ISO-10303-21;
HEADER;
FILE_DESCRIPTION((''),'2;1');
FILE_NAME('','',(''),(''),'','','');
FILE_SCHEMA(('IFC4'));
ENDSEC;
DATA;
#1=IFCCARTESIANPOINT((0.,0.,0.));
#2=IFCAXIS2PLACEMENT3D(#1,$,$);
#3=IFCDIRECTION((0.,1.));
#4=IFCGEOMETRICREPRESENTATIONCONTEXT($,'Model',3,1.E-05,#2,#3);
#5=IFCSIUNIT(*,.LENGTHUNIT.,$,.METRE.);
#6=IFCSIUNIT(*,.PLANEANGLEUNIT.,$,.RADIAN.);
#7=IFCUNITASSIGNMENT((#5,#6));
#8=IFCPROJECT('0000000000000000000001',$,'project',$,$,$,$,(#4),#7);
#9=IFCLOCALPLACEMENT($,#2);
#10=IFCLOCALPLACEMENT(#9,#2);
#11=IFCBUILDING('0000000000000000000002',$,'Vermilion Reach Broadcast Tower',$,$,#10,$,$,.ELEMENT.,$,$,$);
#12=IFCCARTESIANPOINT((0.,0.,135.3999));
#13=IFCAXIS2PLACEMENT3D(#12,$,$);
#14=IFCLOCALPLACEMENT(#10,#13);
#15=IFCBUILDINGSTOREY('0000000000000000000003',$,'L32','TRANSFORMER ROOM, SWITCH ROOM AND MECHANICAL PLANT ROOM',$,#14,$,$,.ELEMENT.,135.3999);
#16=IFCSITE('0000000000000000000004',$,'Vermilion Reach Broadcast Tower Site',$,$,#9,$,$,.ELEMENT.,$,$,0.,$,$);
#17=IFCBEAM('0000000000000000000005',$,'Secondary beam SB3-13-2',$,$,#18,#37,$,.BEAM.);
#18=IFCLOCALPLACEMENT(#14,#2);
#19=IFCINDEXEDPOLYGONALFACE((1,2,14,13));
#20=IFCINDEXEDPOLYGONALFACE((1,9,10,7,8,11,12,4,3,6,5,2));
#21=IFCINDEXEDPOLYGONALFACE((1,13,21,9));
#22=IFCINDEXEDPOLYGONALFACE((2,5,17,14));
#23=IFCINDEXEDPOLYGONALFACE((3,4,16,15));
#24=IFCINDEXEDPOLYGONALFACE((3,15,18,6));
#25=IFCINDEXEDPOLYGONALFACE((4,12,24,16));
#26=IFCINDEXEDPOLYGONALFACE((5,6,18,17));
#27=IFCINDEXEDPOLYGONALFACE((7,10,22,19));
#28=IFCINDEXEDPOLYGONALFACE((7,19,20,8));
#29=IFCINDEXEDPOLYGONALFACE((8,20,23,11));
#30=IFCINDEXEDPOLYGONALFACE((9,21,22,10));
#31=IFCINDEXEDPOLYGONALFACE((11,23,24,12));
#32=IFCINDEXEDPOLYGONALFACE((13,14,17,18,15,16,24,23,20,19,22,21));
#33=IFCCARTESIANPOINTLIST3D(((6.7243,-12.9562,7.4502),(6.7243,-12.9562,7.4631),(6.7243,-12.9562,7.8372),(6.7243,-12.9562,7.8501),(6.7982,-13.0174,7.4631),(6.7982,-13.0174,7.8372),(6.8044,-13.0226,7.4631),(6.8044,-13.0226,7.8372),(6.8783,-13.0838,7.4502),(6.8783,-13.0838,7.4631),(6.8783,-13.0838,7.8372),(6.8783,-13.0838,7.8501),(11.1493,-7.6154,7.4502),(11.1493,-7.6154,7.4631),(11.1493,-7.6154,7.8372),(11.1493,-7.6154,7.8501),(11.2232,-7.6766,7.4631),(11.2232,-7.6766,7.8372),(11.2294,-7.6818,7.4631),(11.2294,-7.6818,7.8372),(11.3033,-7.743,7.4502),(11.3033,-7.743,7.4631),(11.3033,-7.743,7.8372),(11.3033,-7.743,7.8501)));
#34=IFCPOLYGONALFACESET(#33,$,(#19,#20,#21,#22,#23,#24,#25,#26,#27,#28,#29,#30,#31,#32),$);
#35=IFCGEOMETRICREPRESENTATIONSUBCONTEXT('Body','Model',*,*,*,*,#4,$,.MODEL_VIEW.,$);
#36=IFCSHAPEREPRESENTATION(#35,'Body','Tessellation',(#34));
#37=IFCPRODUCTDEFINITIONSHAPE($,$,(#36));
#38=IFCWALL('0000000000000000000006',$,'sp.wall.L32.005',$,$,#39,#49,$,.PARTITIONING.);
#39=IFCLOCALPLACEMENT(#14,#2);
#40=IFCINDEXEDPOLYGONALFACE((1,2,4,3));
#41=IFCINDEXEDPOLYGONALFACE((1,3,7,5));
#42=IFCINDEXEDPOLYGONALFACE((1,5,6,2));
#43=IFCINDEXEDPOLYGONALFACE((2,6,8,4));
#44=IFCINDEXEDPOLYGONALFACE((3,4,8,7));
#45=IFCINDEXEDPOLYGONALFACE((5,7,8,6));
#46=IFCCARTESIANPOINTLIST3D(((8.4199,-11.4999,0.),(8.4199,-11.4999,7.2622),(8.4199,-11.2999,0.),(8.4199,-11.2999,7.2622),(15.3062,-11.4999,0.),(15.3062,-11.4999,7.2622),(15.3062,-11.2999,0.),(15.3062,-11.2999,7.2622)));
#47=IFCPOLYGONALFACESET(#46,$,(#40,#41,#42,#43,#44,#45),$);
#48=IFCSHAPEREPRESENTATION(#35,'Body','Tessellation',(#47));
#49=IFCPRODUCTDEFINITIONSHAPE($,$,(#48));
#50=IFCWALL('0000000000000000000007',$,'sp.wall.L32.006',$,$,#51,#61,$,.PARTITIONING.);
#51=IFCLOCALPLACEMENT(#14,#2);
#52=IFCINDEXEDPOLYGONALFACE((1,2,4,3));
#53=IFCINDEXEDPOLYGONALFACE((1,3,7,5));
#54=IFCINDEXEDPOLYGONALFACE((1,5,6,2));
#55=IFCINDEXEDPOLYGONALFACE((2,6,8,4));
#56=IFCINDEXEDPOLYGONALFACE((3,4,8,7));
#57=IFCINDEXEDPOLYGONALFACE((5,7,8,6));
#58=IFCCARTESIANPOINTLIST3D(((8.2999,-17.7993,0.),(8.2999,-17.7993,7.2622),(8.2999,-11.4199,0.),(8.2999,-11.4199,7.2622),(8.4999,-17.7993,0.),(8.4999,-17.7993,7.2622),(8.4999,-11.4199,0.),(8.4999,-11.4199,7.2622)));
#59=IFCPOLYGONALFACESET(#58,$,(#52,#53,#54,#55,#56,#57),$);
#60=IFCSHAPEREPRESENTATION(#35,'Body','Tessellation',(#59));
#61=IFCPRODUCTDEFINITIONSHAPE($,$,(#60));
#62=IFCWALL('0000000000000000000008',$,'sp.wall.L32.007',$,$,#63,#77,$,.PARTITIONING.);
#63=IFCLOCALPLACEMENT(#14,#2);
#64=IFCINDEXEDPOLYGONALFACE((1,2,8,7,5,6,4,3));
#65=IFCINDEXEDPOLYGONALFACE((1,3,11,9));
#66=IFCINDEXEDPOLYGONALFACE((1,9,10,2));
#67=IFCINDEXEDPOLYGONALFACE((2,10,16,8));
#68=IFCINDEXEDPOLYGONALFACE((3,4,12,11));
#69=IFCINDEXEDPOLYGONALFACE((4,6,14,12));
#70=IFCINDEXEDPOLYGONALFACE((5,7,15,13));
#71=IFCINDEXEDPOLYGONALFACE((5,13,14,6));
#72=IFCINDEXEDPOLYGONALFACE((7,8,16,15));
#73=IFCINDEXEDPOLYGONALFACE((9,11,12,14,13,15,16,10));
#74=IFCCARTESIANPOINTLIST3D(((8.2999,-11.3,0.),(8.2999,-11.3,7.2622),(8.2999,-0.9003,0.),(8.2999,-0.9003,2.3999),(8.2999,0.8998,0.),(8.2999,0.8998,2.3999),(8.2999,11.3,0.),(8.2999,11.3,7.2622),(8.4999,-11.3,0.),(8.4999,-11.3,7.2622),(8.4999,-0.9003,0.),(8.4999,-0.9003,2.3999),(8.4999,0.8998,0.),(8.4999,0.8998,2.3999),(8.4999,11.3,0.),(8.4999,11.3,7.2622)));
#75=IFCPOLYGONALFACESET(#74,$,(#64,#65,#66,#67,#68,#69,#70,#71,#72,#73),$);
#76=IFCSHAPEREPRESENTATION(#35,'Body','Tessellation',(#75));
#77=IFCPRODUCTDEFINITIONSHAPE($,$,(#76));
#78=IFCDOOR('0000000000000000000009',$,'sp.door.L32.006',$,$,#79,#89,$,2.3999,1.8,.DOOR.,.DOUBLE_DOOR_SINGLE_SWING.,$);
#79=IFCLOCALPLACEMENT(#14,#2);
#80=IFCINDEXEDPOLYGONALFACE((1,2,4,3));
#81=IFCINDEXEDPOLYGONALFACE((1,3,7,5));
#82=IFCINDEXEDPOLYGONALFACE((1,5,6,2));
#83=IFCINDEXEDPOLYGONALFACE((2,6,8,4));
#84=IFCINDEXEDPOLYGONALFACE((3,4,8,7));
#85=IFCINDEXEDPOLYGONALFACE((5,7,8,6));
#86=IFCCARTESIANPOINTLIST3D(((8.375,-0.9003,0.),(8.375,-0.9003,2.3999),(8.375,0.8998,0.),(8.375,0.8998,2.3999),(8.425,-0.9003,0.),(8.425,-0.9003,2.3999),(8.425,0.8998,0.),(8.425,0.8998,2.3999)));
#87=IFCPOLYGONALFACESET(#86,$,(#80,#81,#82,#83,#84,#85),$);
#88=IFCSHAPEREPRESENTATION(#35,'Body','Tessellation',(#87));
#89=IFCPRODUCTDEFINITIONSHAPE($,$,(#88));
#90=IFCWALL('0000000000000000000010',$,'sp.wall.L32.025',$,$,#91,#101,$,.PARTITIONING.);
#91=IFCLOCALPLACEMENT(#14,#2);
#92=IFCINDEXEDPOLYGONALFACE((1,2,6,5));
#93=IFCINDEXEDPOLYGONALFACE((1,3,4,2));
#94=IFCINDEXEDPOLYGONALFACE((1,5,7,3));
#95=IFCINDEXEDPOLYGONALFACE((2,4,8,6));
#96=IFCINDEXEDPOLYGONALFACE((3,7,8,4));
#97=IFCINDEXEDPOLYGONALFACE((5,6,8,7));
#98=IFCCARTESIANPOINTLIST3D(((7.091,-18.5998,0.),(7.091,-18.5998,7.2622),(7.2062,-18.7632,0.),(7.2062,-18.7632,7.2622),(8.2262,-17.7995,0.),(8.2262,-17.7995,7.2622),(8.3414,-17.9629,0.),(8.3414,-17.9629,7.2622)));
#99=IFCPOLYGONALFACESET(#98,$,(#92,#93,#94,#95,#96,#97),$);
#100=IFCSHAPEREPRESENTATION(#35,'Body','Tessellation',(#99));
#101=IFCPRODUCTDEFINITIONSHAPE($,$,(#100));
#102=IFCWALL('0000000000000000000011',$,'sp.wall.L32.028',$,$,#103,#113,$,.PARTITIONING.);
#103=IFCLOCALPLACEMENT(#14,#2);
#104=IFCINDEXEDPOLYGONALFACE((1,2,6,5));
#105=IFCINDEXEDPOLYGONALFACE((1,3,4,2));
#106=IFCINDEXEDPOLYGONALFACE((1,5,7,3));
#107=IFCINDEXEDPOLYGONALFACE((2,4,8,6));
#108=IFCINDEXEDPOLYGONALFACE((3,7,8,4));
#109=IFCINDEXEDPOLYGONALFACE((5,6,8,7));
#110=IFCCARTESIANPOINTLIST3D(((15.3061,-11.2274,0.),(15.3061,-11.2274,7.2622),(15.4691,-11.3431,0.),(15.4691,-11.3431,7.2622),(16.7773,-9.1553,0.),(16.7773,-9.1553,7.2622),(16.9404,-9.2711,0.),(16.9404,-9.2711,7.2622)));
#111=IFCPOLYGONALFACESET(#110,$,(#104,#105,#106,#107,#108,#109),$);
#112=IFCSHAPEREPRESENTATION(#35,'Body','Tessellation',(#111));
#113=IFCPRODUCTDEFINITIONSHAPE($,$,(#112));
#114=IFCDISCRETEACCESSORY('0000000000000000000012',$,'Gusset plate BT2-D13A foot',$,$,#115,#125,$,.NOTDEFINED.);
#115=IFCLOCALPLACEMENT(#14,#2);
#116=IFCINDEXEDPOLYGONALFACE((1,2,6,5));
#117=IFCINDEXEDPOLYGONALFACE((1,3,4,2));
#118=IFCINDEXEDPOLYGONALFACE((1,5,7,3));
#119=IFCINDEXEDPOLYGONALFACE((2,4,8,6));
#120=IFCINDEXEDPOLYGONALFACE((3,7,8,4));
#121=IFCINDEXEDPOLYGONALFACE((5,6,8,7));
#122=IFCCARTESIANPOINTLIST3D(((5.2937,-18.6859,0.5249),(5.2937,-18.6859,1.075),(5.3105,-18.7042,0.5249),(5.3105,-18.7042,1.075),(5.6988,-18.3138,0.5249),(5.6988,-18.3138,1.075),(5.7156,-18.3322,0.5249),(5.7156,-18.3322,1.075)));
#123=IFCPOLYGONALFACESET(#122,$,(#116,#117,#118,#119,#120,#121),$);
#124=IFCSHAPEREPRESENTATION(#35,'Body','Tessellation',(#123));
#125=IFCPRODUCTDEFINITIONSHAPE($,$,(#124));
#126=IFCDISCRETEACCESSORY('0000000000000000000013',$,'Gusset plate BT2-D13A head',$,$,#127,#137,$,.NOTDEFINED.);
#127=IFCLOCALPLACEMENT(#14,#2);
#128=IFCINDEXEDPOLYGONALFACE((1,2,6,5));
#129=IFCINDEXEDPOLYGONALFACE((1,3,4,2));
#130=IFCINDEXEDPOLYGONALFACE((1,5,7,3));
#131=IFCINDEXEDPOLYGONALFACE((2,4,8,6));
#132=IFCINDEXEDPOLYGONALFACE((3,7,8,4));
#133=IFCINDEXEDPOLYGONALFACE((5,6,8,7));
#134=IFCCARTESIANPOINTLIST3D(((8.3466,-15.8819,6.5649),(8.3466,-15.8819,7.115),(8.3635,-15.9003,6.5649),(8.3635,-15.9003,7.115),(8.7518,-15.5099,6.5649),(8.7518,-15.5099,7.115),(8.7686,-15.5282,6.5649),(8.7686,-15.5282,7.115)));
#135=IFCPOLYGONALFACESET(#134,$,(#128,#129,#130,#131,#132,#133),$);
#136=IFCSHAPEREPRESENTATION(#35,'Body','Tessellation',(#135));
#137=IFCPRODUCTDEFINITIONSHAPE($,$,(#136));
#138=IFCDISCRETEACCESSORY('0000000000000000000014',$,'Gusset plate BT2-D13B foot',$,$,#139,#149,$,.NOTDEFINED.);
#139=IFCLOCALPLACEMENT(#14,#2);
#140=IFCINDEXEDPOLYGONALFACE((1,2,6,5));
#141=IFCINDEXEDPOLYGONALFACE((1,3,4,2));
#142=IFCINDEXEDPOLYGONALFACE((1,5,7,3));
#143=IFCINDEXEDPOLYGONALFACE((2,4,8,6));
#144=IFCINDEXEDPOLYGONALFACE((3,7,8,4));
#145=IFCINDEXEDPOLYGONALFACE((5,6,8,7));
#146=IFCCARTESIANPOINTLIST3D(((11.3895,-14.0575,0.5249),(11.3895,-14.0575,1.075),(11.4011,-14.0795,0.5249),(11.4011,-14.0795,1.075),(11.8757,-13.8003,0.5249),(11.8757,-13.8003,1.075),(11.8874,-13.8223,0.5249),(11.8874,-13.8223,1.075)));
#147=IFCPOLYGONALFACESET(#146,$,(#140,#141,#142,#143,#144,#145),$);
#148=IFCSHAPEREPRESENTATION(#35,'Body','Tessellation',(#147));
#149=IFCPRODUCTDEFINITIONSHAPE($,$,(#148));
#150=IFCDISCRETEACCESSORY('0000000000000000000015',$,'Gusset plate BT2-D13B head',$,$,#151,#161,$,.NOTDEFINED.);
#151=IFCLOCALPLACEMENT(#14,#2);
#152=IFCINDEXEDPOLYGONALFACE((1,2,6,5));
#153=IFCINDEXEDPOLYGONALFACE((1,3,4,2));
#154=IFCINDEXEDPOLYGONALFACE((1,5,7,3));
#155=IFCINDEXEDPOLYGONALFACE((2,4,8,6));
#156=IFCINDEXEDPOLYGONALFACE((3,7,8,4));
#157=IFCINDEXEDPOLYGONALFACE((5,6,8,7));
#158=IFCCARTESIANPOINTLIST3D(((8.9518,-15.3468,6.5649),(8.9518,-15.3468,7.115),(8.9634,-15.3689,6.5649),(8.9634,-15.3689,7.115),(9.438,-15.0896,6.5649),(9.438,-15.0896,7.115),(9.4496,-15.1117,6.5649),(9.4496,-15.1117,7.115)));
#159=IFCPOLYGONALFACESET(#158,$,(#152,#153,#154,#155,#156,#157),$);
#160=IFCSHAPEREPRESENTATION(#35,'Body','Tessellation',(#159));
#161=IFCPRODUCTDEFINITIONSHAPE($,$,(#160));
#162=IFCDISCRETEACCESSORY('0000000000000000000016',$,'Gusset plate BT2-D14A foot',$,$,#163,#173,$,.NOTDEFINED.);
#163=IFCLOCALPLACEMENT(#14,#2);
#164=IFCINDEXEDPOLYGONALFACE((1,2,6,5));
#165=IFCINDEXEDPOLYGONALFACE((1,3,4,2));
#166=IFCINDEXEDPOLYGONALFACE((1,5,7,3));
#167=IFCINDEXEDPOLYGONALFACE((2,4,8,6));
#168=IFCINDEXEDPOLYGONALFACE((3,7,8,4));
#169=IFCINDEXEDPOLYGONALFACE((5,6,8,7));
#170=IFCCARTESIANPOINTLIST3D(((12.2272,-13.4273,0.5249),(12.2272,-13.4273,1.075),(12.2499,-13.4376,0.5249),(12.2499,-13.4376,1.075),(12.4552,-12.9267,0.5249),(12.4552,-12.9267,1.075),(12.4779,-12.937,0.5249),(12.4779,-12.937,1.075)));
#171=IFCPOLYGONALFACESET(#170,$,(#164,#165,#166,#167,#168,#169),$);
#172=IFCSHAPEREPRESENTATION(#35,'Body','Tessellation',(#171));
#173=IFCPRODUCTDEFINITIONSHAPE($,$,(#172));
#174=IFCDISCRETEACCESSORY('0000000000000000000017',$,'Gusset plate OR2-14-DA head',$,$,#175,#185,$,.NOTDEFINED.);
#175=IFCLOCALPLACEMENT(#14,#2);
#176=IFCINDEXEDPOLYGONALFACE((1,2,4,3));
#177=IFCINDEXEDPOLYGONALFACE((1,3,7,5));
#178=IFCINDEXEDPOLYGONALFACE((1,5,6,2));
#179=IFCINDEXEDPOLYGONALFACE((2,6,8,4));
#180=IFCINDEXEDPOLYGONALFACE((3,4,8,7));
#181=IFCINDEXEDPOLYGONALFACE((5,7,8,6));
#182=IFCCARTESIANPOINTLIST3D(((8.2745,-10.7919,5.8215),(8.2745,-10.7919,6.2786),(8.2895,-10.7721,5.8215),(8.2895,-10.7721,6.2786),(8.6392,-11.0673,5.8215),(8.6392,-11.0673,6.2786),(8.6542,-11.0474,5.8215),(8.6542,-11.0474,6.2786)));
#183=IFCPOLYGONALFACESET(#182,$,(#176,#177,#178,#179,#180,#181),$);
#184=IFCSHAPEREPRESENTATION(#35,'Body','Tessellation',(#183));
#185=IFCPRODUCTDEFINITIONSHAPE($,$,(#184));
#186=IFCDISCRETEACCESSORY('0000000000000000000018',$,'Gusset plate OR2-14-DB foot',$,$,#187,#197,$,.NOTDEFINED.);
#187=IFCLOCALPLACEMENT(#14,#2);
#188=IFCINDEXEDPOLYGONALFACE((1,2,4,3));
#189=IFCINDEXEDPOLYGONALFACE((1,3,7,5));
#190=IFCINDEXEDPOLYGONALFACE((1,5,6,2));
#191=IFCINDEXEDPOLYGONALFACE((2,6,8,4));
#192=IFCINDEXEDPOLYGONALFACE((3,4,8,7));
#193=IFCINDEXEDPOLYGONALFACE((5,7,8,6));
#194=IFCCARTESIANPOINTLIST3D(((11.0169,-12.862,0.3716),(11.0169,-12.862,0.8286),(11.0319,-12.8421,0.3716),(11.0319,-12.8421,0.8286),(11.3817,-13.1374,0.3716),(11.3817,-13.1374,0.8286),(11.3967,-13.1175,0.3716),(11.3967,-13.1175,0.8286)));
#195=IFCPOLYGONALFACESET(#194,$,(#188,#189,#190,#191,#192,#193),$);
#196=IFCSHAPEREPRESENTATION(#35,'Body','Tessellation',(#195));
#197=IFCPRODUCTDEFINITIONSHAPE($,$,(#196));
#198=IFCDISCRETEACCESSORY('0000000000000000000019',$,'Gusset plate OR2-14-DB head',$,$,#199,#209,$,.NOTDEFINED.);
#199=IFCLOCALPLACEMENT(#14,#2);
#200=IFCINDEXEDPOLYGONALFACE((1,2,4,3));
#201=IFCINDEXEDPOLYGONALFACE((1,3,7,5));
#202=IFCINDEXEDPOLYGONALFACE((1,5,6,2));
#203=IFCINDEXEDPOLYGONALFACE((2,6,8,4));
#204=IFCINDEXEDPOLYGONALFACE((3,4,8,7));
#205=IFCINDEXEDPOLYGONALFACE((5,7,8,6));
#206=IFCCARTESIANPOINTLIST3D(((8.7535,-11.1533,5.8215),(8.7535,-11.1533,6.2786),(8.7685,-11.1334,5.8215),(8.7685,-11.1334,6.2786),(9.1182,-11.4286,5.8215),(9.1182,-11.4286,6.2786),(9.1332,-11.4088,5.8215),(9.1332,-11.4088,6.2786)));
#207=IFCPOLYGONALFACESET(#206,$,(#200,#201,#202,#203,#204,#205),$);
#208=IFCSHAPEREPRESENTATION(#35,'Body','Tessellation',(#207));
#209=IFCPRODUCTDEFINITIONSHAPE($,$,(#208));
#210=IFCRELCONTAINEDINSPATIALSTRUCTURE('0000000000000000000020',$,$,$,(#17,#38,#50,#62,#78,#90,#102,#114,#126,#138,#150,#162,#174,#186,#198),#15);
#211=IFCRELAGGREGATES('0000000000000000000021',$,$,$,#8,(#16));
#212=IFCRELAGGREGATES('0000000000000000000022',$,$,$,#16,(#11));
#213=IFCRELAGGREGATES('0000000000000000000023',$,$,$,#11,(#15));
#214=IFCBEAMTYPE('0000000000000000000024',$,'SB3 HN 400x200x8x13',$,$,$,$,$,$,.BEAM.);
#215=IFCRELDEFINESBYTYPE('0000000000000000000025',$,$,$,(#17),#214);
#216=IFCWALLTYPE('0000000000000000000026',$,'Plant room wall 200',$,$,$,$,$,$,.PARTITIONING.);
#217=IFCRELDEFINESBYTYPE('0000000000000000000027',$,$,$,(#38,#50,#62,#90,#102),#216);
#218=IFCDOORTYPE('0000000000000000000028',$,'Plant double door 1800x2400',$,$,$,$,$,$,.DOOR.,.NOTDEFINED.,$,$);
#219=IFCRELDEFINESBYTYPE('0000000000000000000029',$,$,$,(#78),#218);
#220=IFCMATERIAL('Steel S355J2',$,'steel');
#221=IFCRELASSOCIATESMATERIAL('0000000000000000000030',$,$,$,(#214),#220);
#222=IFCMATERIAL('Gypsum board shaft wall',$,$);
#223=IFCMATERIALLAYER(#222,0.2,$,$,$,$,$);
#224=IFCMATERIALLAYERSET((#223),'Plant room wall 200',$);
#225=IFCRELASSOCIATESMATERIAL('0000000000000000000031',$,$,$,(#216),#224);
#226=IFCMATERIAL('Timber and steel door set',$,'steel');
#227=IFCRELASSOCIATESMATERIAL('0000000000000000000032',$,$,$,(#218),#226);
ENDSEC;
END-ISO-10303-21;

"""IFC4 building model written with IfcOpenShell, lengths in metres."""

from ifc_helpers import new_model, si_unit, direction, frame, frame_2d, origin, origin_2d, place, context, subcontext, project, spatial, rectangle, i_section, extrude, material, layer, layer_set, material_profile, profile_set, type_object, element, fill, save


model = new_model("IFC4")

# Units and contexts
model_context = context("Model", 3, precision=1e-05, world=origin(), true_north=direction((0.0, 1.0)))
body_context = subcontext(model_context, "Body", "Model", "MODEL_VIEW")
ifc_project = project(units=[si_unit("LENGTHUNIT", "METRE"), si_unit("PLANEANGLEUNIT", "RADIAN")], contexts=[model_context])

# Site, building, storey
site_placement = place(None, origin())
site = spatial("IfcSite", under=ifc_project, at=site_placement, Name="Vermilion Reach Broadcast Tower Site", CompositionType="ELEMENT", RefElevation=0.0)
building_placement = place(site_placement, origin())
building = spatial("IfcBuilding", under=site, at=building_placement, Name="Vermilion Reach Broadcast Tower", CompositionType="ELEMENT")
storey_placement = place(building_placement, frame((0.0, 0.0, 135.3999)))
storey = spatial("IfcBuildingStorey", under=building, at=storey_placement, Name="L32", Description="TRANSFORMER ROOM, SWITCH ROOM AND MECHANICAL PLANT ROOM", CompositionType="ELEMENT", Elevation=135.3999)

# Beam
ifc_material_1 = material(Name="Steel S355J2", Category="steel")
ifc_material_profile_1 = material_profile(ifc_material_1, i_section(OverallWidth=0.2, OverallDepth=0.3999, WebThickness=0.0081, FlangeThickness=0.0129, at=origin_2d()), Name="S355J2 HN 400x200x8x13")
ifc_profile_set_1 = profile_set([ifc_material_profile_1], Name="Steel S355J2")
beam_type_1 = type_object("IfcBeamType", Name="SB3 HN 400x200x8x13", PredefinedType="BEAM", material=ifc_profile_set_1)
beam_1_placement = place(storey_placement, frame((6.8013, -13.02, 7.6501), z_axis=(0.638001, 0.770036, 0.0), x_axis=(-0.770036, 0.638001, 0.0)))
element("IfcBeam", 1, at=beam_1_placement, inside=storey, type_object=beam_type_1, Name="Secondary beam SB3-13-2", PredefinedType="BEAM", context=body_context, shape_type="SweptSolid", body=[
    extrude(i_section(OverallWidth=0.2, OverallDepth=0.3999, WebThickness=0.0081, FlangeThickness=0.0129, at=origin_2d()), origin(), (0.0, 0.0, 1.0), 6.9358),
])

# Walls
ifc_material_2 = material(Name="Gypsum board shaft wall")
ifc_layer = layer(ifc_material_2, 0.2)
ifc_layer_set = layer_set([ifc_layer], Name="Plant room wall 200")
wall_type = type_object("IfcWallType", Name="Plant room wall 200", PredefinedType="PARTITIONING", material=ifc_layer_set)
wall_1_placement = place(storey_placement, frame((8.4199, -11.3999, 0.0), z_axis=(0.0, 0.0, 1.0), x_axis=(1.0, 0.0, 0.0)))
element("IfcWall", 2, at=wall_1_placement, inside=storey, type_object=wall_type, Name="sp.wall.L32.005", PredefinedType="PARTITIONING", context=body_context, shape_type="SweptSolid", body=[
    extrude(rectangle(XDim=6.8862, YDim=0.2, at=frame_2d((3.4431, 0.0))), origin(), (0.0, 0.0, 1.0), 7.2622),
])
wall_2_placement = place(storey_placement, frame((8.3999, -17.7993, 0.0), z_axis=(0.0, 0.0, 1.0), x_axis=(0.0, 1.0, 0.0)))
element("IfcWall", 3, at=wall_2_placement, inside=storey, type_object=wall_type, Name="sp.wall.L32.006", PredefinedType="PARTITIONING", context=body_context, shape_type="SweptSolid", body=[
    extrude(rectangle(XDim=6.3794, YDim=0.2, at=frame_2d((3.1897, 0.0))), origin(), (0.0, 0.0, 1.0), 7.2622),
])

# Wall, opening, door
wall_3_placement = place(storey_placement, frame((8.3999, -11.3, 0.0), z_axis=(0.0, 0.0, 1.0), x_axis=(0.0, 1.0, 0.0)))
wall_3 = element("IfcWall", 4, at=wall_3_placement, inside=storey, type_object=wall_type, Name="sp.wall.L32.007", PredefinedType="PARTITIONING", context=body_context, shape_type="SweptSolid", body=[
    extrude(rectangle(XDim=22.6001, YDim=0.2, at=frame_2d((11.3, 0.0))), origin(), (0.0, 0.0, 1.0), 7.2622),
])
opening_placement = place(wall_3_placement, frame((10.3999, 0.0, 0.0)))
opening = element("IfcOpeningElement", 5, at=opening_placement, cuts=wall_3, PredefinedType="OPENING", context=body_context, shape_type="SweptSolid", body=[
    extrude(rectangle(XDim=1.8, YDim=2.3999, at=frame_2d((0.8999, 1.2))), frame((0.0, 0.1099, 0.0), z_axis=(0.0, -1.0, 0.0), x_axis=(1.0, 0.0, 0.0)), (0.0, 0.0, 1.0), 0.22),
])
ifc_material_3 = material(Name="Timber and steel door set", Category="steel")
door_type = type_object("IfcDoorType", Name="Plant double door 1800x2400", OperationType="NOTDEFINED", PredefinedType="DOOR", material=ifc_material_3)
door_placement = place(opening_placement, origin())
door = element("IfcDoor", 6, at=door_placement, inside=storey, type_object=door_type, Name="sp.door.L32.006", OperationType="DOUBLE_DOOR_SINGLE_SWING", OverallHeight=2.3999, OverallWidth=1.8, PredefinedType="DOOR", context=body_context, shape_type="SweptSolid", body=[
    extrude(rectangle(XDim=1.8, YDim=2.3999, at=frame_2d((0.8999, 1.2))), frame((0.0, 0.0249, 0.0), z_axis=(0.0, -1.0, 0.0), x_axis=(1.0, 0.0, 0.0)), (0.0, 0.0, 1.0), 0.05),
])
fill(opening, door)

# Walls
wall_4_placement = place(storey_placement, frame((7.1487, -18.6814, 0.0), z_axis=(0.0, 0.0, 1.0), x_axis=(0.817328, 0.576172, 0.0)))
element("IfcWall", 7, at=wall_4_placement, inside=storey, type_object=wall_type, Name="sp.wall.L32.025", PredefinedType="PARTITIONING", context=body_context, shape_type="SweptSolid", body=[
    extrude(rectangle(XDim=1.3889, YDim=0.2, at=frame_2d((0.6943, 0.0))), origin(), (0.0, 0.0, 1.0), 7.2622),
])
wall_5_placement = place(storey_placement, frame((15.3877, -11.2852, 0.0), z_axis=(0.0, 0.0, 1.0), x_axis=(0.578937, 0.815373, 0.0)))
element("IfcWall", 8, at=wall_5_placement, inside=storey, type_object=wall_type, Name="sp.wall.L32.028", PredefinedType="PARTITIONING", context=body_context, shape_type="SweptSolid", body=[
    extrude(rectangle(XDim=2.5413, YDim=0.2, at=frame_2d((1.2705, 0.0))), origin(), (0.0, 0.0, 1.0), 7.2622),
])

# Discrete accessories
for number, where, z_axis, x_axis, name in (
    (9, (5.5046, -18.509, 0.5249), (0.0, 0.0, 1.0), (-0.676425, 0.736512, 0.0), "Gusset plate BT2-D13A foot"),
    (10, (8.5576, -15.7051, 6.5649), (0.0, 0.0, 1.0), (-0.676425, 0.736512, 0.0), "Gusset plate BT2-D13A head"),
    (11, (11.6384, -13.9399, 0.5249), (0.0, 0.0, 1.0), (0.46759, -0.883946, 0.0), "Gusset plate BT2-D13B foot"),
    (12, (9.2007, -15.2292, 6.5649), (0.0, 0.0, 1.0), (0.46759, -0.883946, 0.0), "Gusset plate BT2-D13B head"),
    (13, (12.3525, -13.1821, 0.5249), (0.0, 0.0, 1.0), (-0.910046, 0.414507, 0.0), "Gusset plate BT2-D14A foot"),
):
    element("IfcDiscreteAccessory", number, at=place(storey_placement, frame(where, z_axis=z_axis, x_axis=x_axis)), inside=storey, Name=name, PredefinedType="NOTDEFINED", context=body_context, shape_type="SweptSolid", body=[
        extrude(rectangle(XDim=0.0249, YDim=0.55, at=origin_2d()), origin(), (0.0, 0.0, 1.0), 0.55),
    ])
for number, where, z_axis, x_axis, name in (
    (14, (8.4644, -10.9197, 5.8215), (0.0, 0.0, 1.0), (0.602512, 0.79811, 0.0), "Gusset plate OR2-14-DA head"),
    (15, (11.2068, -12.9897, 0.3716), (0.0, 0.0, 1.0), (0.602512, 0.79811, 0.0), "Gusset plate OR2-14-DB foot"),
    (16, (8.9434, -11.281, 5.8215), (0.0, 0.0, 1.0), (0.602512, 0.79811, 0.0), "Gusset plate OR2-14-DB head"),
):
    element("IfcDiscreteAccessory", number, at=place(storey_placement, frame(where, z_axis=z_axis, x_axis=x_axis)), inside=storey, Name=name, PredefinedType="NOTDEFINED", context=body_context, shape_type="SweptSolid", body=[
        extrude(rectangle(XDim=0.0249, YDim=0.457, at=origin_2d()), origin(), (0.0, 0.0, 1.0), 0.457),
    ])

save(model, "model.ifc")
